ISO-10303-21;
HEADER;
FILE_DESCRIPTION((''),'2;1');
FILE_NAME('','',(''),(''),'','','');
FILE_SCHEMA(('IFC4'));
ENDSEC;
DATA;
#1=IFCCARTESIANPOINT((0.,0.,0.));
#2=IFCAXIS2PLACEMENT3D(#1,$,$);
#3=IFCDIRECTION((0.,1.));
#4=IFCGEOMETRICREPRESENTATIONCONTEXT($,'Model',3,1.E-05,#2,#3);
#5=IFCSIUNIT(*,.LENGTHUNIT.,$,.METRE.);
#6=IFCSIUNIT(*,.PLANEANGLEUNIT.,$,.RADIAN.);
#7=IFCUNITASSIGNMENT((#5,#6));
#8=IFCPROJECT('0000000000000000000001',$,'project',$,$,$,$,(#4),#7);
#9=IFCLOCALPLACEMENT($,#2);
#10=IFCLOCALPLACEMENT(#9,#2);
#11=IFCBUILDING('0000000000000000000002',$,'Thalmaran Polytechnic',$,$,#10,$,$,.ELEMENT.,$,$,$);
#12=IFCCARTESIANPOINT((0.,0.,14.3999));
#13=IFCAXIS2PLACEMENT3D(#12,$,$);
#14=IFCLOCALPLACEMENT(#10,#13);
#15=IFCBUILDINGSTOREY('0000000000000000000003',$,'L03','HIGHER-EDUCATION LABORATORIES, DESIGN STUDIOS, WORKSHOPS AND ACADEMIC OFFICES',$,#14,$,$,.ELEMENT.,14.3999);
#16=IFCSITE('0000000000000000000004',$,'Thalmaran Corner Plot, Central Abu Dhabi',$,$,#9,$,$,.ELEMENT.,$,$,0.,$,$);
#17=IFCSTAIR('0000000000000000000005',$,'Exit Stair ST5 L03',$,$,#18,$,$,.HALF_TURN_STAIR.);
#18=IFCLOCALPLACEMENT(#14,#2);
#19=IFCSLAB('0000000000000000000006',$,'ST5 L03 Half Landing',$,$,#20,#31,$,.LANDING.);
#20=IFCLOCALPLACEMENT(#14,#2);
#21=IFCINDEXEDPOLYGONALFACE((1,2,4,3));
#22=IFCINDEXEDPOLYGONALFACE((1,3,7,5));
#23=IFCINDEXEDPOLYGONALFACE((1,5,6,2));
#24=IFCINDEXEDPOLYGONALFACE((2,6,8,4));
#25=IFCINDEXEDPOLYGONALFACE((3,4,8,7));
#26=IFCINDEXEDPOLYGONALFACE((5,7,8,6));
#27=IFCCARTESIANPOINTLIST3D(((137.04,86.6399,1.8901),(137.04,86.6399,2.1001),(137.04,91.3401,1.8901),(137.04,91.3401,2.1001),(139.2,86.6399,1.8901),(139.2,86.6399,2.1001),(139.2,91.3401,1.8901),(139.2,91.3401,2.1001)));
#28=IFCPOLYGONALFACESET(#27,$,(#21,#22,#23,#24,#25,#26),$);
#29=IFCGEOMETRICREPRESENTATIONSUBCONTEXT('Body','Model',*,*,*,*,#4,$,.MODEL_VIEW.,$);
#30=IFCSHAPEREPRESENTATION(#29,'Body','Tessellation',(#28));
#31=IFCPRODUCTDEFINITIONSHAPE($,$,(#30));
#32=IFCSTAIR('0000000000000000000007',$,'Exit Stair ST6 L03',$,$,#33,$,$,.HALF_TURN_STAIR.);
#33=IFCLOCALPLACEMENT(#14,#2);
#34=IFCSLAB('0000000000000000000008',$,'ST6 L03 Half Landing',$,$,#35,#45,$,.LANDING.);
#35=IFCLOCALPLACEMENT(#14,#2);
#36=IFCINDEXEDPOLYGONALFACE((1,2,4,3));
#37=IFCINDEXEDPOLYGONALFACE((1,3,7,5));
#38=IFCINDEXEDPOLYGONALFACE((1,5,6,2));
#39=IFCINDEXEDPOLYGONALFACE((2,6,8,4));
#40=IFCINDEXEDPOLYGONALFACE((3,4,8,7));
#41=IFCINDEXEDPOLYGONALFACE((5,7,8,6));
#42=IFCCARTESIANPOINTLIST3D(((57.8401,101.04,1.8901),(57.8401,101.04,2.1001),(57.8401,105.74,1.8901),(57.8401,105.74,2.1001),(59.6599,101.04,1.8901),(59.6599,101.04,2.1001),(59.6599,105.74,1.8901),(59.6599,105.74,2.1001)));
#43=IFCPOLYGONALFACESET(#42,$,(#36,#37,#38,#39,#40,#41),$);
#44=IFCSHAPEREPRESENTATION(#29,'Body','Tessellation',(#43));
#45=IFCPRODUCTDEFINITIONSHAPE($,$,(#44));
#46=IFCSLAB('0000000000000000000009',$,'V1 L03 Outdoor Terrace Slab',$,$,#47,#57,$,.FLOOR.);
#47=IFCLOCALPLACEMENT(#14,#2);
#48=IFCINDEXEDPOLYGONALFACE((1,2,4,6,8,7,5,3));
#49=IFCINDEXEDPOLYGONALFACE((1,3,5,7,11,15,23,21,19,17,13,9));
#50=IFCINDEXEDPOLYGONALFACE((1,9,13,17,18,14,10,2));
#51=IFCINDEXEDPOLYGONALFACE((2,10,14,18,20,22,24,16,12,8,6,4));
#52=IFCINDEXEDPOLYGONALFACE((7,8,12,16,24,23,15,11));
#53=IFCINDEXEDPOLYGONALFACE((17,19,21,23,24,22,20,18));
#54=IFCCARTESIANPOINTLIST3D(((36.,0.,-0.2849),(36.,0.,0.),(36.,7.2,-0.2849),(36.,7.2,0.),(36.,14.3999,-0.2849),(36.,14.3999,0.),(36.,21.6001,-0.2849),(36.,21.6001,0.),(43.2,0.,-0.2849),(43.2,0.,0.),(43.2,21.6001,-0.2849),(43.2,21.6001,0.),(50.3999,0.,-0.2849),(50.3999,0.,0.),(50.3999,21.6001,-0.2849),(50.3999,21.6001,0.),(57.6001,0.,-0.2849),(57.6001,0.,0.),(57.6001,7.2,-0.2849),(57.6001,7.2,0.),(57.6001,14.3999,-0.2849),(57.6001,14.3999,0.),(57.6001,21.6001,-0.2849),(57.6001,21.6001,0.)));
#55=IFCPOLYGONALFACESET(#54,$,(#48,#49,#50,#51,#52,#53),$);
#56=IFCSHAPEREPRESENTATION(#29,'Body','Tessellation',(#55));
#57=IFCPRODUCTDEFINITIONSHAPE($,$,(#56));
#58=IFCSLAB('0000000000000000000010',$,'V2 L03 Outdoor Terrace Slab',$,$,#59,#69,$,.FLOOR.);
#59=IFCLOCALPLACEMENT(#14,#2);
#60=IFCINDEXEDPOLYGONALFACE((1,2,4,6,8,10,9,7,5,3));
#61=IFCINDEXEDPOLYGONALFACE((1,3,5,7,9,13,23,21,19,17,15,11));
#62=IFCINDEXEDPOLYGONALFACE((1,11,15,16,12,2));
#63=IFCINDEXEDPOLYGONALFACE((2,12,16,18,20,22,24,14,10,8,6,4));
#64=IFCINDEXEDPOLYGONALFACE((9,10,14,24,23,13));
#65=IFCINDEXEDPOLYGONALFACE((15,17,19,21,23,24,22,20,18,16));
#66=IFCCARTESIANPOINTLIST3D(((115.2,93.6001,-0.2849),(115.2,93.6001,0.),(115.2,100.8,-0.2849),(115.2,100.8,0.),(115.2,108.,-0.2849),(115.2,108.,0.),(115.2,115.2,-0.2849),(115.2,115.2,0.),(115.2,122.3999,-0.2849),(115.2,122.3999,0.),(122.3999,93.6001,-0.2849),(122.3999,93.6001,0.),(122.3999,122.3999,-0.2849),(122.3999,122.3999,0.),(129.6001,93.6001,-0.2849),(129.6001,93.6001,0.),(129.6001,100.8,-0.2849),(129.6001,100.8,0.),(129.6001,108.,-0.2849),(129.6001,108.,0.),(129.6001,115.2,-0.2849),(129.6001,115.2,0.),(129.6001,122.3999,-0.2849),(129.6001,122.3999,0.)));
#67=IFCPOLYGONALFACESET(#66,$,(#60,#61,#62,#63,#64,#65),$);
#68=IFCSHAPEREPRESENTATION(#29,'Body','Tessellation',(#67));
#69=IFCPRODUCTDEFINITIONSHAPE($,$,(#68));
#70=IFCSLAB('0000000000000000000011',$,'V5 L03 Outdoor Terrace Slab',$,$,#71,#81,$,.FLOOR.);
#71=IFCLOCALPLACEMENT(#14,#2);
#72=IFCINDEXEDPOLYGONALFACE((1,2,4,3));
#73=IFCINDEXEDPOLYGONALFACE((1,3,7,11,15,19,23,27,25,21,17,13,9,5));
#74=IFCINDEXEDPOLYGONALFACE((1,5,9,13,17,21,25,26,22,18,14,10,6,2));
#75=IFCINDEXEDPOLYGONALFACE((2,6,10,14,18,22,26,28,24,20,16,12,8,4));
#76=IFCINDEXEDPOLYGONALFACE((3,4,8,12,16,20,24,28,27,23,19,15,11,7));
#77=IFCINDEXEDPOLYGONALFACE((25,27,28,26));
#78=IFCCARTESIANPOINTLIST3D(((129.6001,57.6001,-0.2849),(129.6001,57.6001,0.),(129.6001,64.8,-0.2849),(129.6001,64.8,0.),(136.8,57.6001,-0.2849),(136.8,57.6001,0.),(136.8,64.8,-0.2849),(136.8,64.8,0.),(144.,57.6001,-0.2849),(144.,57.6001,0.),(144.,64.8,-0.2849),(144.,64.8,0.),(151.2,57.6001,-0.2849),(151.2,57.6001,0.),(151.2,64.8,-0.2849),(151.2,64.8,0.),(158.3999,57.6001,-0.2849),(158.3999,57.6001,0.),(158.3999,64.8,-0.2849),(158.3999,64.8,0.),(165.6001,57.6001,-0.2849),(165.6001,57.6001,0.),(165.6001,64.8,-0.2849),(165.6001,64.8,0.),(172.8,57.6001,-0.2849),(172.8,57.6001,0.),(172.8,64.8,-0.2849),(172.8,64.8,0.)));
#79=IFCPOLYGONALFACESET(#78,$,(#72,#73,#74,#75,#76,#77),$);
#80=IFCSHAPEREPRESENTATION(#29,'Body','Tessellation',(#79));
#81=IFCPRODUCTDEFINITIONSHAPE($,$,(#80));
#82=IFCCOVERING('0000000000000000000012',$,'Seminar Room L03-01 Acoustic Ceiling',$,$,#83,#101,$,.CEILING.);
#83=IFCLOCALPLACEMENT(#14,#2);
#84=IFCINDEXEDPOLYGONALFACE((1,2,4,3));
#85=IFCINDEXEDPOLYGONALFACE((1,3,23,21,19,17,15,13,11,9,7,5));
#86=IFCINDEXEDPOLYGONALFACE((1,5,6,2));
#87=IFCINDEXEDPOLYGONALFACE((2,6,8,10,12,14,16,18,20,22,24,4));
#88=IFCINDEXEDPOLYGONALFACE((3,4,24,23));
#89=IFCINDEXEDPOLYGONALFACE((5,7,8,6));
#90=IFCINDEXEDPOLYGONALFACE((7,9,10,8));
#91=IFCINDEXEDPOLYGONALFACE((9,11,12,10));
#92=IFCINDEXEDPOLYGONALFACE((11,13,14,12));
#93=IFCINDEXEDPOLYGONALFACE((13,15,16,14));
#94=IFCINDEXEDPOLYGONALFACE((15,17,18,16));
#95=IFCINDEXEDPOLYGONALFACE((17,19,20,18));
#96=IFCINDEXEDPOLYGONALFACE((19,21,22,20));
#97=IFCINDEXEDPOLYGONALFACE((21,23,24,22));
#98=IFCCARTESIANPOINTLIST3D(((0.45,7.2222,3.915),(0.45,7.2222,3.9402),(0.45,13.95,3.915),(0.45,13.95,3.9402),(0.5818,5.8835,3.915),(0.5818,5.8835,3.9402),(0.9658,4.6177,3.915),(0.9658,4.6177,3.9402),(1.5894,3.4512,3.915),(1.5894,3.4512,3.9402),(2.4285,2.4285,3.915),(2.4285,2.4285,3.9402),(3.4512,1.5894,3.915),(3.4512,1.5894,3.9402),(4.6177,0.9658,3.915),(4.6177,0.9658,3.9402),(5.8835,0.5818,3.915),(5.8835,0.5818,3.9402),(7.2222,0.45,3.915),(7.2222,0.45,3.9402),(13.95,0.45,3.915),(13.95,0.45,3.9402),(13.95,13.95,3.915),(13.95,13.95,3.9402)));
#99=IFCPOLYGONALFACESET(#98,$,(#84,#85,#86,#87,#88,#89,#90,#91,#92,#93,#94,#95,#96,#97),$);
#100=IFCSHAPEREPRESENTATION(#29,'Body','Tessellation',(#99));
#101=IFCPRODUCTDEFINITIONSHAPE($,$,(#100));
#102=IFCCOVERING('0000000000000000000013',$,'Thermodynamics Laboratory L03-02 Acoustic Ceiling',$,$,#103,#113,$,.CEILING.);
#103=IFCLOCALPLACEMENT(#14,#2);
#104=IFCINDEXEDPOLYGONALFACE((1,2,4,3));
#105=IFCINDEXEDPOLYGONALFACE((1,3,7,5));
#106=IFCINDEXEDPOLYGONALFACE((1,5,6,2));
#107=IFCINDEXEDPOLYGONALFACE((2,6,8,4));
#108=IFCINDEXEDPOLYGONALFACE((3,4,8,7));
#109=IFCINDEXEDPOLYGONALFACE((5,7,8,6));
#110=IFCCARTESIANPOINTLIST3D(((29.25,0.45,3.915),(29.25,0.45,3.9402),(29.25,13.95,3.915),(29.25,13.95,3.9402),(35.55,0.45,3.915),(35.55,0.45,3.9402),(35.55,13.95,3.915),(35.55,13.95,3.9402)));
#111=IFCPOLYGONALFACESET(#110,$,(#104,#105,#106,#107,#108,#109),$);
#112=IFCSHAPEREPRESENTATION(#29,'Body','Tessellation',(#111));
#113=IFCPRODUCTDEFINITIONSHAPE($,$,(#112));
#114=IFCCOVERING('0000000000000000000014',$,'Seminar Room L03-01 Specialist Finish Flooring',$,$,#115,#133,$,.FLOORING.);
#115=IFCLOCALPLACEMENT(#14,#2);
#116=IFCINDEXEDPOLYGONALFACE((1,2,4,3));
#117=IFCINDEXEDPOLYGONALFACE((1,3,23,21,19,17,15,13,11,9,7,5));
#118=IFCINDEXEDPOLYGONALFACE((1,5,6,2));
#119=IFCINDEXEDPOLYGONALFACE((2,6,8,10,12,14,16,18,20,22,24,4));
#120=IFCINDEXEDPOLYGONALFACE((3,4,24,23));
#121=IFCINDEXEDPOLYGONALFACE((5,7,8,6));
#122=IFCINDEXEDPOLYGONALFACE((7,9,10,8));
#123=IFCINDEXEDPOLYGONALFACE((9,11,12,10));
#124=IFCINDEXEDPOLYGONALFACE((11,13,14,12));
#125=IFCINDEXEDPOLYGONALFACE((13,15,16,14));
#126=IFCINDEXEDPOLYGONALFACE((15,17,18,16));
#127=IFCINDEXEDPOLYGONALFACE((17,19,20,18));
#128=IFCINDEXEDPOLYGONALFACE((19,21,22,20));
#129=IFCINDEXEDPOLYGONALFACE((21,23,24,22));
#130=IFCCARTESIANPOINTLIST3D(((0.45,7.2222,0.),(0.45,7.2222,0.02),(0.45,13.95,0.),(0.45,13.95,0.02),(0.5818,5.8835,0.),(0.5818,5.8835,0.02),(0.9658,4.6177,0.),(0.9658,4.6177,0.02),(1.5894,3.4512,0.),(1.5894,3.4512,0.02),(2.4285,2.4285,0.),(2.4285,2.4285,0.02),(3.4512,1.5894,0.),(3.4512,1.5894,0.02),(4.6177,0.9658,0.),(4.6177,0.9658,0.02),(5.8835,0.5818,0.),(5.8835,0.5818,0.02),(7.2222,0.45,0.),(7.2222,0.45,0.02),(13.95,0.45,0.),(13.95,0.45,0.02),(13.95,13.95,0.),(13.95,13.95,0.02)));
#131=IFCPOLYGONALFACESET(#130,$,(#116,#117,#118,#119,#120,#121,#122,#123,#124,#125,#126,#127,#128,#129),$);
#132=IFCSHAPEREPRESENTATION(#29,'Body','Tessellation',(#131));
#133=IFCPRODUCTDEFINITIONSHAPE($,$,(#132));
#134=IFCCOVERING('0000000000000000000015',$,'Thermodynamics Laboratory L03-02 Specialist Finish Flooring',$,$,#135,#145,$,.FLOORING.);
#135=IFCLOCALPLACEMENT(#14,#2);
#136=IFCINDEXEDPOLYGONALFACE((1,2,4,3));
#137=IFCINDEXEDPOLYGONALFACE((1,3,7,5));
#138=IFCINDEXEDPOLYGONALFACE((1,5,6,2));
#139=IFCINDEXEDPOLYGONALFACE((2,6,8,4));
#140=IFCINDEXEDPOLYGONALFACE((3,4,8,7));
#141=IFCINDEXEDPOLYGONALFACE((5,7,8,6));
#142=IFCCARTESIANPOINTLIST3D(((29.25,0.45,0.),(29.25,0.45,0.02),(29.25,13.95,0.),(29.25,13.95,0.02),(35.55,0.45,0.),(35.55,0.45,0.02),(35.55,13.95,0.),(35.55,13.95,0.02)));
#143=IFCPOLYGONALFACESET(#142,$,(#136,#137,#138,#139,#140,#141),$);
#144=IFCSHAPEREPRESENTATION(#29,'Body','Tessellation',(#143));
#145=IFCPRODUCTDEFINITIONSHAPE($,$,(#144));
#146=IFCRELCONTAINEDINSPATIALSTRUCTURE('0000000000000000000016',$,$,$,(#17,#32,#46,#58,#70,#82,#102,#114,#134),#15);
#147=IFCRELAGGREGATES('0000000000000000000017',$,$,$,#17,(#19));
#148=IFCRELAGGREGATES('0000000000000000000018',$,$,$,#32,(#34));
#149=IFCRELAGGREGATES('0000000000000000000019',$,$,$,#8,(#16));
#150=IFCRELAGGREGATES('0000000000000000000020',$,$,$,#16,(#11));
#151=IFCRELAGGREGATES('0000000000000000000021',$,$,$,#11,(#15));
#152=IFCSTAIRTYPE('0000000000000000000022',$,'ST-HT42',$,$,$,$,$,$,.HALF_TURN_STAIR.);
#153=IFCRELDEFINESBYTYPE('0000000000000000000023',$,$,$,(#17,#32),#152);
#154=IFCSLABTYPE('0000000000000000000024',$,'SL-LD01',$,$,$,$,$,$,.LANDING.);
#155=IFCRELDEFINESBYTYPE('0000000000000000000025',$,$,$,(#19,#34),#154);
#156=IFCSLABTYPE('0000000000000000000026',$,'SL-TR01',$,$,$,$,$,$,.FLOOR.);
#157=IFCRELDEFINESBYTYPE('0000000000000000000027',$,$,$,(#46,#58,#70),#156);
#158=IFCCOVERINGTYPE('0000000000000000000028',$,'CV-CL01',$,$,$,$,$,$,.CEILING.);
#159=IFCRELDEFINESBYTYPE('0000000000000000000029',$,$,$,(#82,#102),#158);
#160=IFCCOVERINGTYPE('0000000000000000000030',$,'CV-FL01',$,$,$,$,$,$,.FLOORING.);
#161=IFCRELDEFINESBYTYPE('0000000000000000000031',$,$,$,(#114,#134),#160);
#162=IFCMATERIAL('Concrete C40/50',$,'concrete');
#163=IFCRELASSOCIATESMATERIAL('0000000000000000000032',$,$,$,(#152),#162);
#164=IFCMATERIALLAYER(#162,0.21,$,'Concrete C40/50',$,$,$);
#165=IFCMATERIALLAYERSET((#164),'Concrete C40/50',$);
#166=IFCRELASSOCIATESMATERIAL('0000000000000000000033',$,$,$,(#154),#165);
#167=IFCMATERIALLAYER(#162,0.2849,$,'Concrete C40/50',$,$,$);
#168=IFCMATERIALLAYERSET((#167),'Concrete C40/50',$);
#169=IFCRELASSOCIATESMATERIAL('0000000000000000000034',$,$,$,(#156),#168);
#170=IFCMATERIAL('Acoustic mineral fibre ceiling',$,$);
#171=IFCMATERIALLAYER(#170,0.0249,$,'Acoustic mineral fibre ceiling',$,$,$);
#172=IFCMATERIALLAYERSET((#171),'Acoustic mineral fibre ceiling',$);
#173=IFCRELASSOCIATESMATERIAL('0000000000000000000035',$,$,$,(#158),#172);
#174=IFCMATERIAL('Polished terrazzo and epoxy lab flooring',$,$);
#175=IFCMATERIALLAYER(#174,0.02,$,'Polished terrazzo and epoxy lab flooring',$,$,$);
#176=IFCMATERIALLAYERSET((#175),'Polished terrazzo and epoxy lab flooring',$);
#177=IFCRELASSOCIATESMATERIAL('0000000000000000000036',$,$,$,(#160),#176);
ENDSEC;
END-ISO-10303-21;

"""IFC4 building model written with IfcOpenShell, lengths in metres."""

from ifc_helpers import new_model, si_unit, direction, frame, origin, place, context, subcontext, project, spatial, polyline, outline, extrude, material, layer, layer_set, type_object, element, aggregate, save


model = new_model("IFC4")

# Units and contexts
model_context = context("Model", 3, precision=1e-05, world=origin(), true_north=direction((0.0, 1.0)))
body_context = subcontext(model_context, "Body", "Model", "MODEL_VIEW")
ifc_project = project(units=[si_unit("LENGTHUNIT", "METRE"), si_unit("PLANEANGLEUNIT", "RADIAN")], contexts=[model_context])

# Site, building, storey
site_placement = place(None, origin())
site = spatial("IfcSite", under=ifc_project, at=site_placement, Name="Thalmaran Corner Plot, Central Abu Dhabi", CompositionType="ELEMENT", RefElevation=0.0)
building_placement = place(site_placement, origin())
building = spatial("IfcBuilding", under=site, at=building_placement, Name="Thalmaran Polytechnic", CompositionType="ELEMENT")
storey_placement = place(building_placement, frame((0.0, 0.0, 14.3999)))
storey = spatial("IfcBuildingStorey", under=building, at=storey_placement, Name="L03", Description="HIGHER-EDUCATION LABORATORIES, DESIGN STUDIOS, WORKSHOPS AND ACADEMIC OFFICES", CompositionType="ELEMENT", Elevation=14.3999)

# Shared definitions
ifc_material_1 = material(Name="Concrete C40/50", Category="concrete")

# Stairs, slabs
stair_type = type_object("IfcStairType", Name="ST-HT42", PredefinedType="HALF_TURN_STAIR", material=ifc_material_1)
ifc_layer_1 = layer(ifc_material_1, 0.21, Name="Concrete C40/50")
ifc_layer_set_1 = layer_set([ifc_layer_1], Name="Concrete C40/50")
slab_type_1 = type_object("IfcSlabType", Name="SL-LD01", PredefinedType="LANDING", material=ifc_layer_set_1)
stair_1_placement = place(storey_placement, origin())
stair_1 = element("IfcStair", 1, at=stair_1_placement, inside=storey, type_object=stair_type, Name="Exit Stair ST5 L03", PredefinedType="HALF_TURN_STAIR")
slab_1_placement = place(storey_placement, frame((0.0, 0.0, 1.8901)))
slab_1 = element("IfcSlab", 2, at=slab_1_placement, type_object=slab_type_1, Name="ST5 L03 Half Landing", PredefinedType="LANDING", context=body_context, shape_type="SweptSolid", body=[
    extrude(outline(polyline([(137.04, 86.6399), (139.2, 86.6399), (139.2, 91.3401), (137.04, 91.3401), (137.04, 86.6399)])), origin(), (0.0, 0.0, 1.0), 0.21),
])
aggregate(stair_1, [slab_1])
stair_2_placement = place(storey_placement, origin())
stair_2 = element("IfcStair", 3, at=stair_2_placement, inside=storey, type_object=stair_type, Name="Exit Stair ST6 L03", PredefinedType="HALF_TURN_STAIR")
slab_2_placement = place(storey_placement, frame((0.0, 0.0, 1.8901)))
slab_2 = element("IfcSlab", 4, at=slab_2_placement, type_object=slab_type_1, Name="ST6 L03 Half Landing", PredefinedType="LANDING", context=body_context, shape_type="SweptSolid", body=[
    extrude(outline(polyline([(57.8401, 101.04), (59.6599, 101.04), (59.6599, 105.74), (57.8401, 105.74), (57.8401, 101.04)])), origin(), (0.0, 0.0, 1.0), 0.21),
])
aggregate(stair_2, [slab_2])

# Slabs
ifc_layer_2 = layer(ifc_material_1, 0.2849, Name="Concrete C40/50")
ifc_layer_set_2 = layer_set([ifc_layer_2], Name="Concrete C40/50")
slab_type_2 = type_object("IfcSlabType", Name="SL-TR01", PredefinedType="FLOOR", material=ifc_layer_set_2)
slab_3_placement = place(storey_placement, frame((0.0, 0.0, -0.2849)))
element("IfcSlab", 5, at=slab_3_placement, inside=storey, type_object=slab_type_2, Name="V1 L03 Outdoor Terrace Slab", PredefinedType="FLOOR", context=body_context, shape_type="SweptSolid", body=[
    extrude(outline(polyline([(36.0, 14.3999), (36.0, 21.6001), (43.2, 21.6001), (50.3999, 21.6001), (57.6001, 21.6001), (57.6001, 14.3999), (57.6001, 7.2), (57.6001, 0.0), (50.3999, 0.0), (43.2, 0.0), (36.0, 0.0), (36.0, 7.2), (36.0, 14.3999)])), origin(), (0.0, 0.0, 1.0), 0.2849),
])
slab_4_placement = place(storey_placement, frame((0.0, 0.0, -0.2849)))
element("IfcSlab", 6, at=slab_4_placement, inside=storey, type_object=slab_type_2, Name="V2 L03 Outdoor Terrace Slab", PredefinedType="FLOOR", context=body_context, shape_type="SweptSolid", body=[
    extrude(outline(polyline([(115.2, 108.0), (115.2, 115.2), (115.2, 122.3999), (122.3999, 122.3999), (129.6001, 122.3999), (129.6001, 115.2), (129.6001, 108.0), (129.6001, 100.8), (129.6001, 93.6001), (122.3999, 93.6001), (115.2, 93.6001), (115.2, 100.8), (115.2, 108.0)])), origin(), (0.0, 0.0, 1.0), 0.2849),
])
slab_5_placement = place(storey_placement, frame((0.0, 0.0, -0.2849)))
element("IfcSlab", 7, at=slab_5_placement, inside=storey, type_object=slab_type_2, Name="V5 L03 Outdoor Terrace Slab", PredefinedType="FLOOR", context=body_context, shape_type="SweptSolid", body=[
    extrude(outline(polyline([(129.6001, 64.8), (136.8, 64.8), (144.0, 64.8), (151.2, 64.8), (158.3999, 64.8), (165.6001, 64.8), (172.8, 64.8), (172.8, 57.6001), (165.6001, 57.6001), (158.3999, 57.6001), (151.2, 57.6001), (144.0, 57.6001), (136.8, 57.6001), (129.6001, 57.6001), (129.6001, 64.8)])), origin(), (0.0, 0.0, 1.0), 0.2849),
])

# Coverings
ifc_material_2 = material(Name="Acoustic mineral fibre ceiling")
ifc_layer_3 = layer(ifc_material_2, 0.0249, Name="Acoustic mineral fibre ceiling")
ifc_layer_set_3 = layer_set([ifc_layer_3], Name="Acoustic mineral fibre ceiling")
covering_type_1 = type_object("IfcCoveringType", Name="CV-CL01", PredefinedType="CEILING", material=ifc_layer_set_3)
covering_1_placement = place(storey_placement, frame((0.0, 0.0, 3.915)))
element("IfcCovering", 8, at=covering_1_placement, inside=storey, type_object=covering_type_1, Name="Seminar Room L03-01 Acoustic Ceiling", PredefinedType="CEILING", context=body_context, shape_type="SweptSolid", body=[
    extrude(outline(polyline([(4.6177, 0.9658), (3.4512, 1.5894), (2.4285, 2.4285), (1.5894, 3.4512), (0.9658, 4.6177), (0.5818, 5.8835), (0.45, 7.2222), (0.45, 13.95), (13.95, 13.95), (13.95, 0.45), (7.2222, 0.45), (5.8835, 0.5818), (4.6177, 0.9658)])), origin(), (0.0, 0.0, 1.0), 0.0251),
])
covering_2_placement = place(storey_placement, frame((0.0, 0.0, 3.915)))
element("IfcCovering", 9, at=covering_2_placement, inside=storey, type_object=covering_type_1, Name="Thermodynamics Laboratory L03-02 Acoustic Ceiling", PredefinedType="CEILING", context=body_context, shape_type="SweptSolid", body=[
    extrude(outline(polyline([(35.55, 0.45), (29.25, 0.45), (29.25, 13.95), (35.55, 13.95), (35.55, 0.45)])), origin(), (0.0, 0.0, 1.0), 0.0251),
])
ifc_material_3 = material(Name="Polished terrazzo and epoxy lab flooring")
ifc_layer_4 = layer(ifc_material_3, 0.02, Name="Polished terrazzo and epoxy lab flooring")
ifc_layer_set_4 = layer_set([ifc_layer_4], Name="Polished terrazzo and epoxy lab flooring")
covering_type_2 = type_object("IfcCoveringType", Name="CV-FL01", PredefinedType="FLOORING", material=ifc_layer_set_4)
covering_3_placement = place(storey_placement, origin())
element("IfcCovering", 10, at=covering_3_placement, inside=storey, type_object=covering_type_2, Name="Seminar Room L03-01 Specialist Finish Flooring", PredefinedType="FLOORING", context=body_context, shape_type="SweptSolid", body=[
    extrude(outline(polyline([(4.6177, 0.9658), (3.4512, 1.5894), (2.4285, 2.4285), (1.5894, 3.4512), (0.9658, 4.6177), (0.5818, 5.8835), (0.45, 7.2222), (0.45, 13.95), (13.95, 13.95), (13.95, 0.45), (7.2222, 0.45), (5.8835, 0.5818), (4.6177, 0.9658)])), origin(), (0.0, 0.0, 1.0), 0.02),
])
covering_4_placement = place(storey_placement, origin())
element("IfcCovering", 11, at=covering_4_placement, inside=storey, type_object=covering_type_2, Name="Thermodynamics Laboratory L03-02 Specialist Finish Flooring", PredefinedType="FLOORING", context=body_context, shape_type="SweptSolid", body=[
    extrude(outline(polyline([(35.55, 0.45), (29.25, 0.45), (29.25, 13.95), (35.55, 13.95), (35.55, 0.45)])), origin(), (0.0, 0.0, 1.0), 0.02),
])

save(model, "model.ifc")
